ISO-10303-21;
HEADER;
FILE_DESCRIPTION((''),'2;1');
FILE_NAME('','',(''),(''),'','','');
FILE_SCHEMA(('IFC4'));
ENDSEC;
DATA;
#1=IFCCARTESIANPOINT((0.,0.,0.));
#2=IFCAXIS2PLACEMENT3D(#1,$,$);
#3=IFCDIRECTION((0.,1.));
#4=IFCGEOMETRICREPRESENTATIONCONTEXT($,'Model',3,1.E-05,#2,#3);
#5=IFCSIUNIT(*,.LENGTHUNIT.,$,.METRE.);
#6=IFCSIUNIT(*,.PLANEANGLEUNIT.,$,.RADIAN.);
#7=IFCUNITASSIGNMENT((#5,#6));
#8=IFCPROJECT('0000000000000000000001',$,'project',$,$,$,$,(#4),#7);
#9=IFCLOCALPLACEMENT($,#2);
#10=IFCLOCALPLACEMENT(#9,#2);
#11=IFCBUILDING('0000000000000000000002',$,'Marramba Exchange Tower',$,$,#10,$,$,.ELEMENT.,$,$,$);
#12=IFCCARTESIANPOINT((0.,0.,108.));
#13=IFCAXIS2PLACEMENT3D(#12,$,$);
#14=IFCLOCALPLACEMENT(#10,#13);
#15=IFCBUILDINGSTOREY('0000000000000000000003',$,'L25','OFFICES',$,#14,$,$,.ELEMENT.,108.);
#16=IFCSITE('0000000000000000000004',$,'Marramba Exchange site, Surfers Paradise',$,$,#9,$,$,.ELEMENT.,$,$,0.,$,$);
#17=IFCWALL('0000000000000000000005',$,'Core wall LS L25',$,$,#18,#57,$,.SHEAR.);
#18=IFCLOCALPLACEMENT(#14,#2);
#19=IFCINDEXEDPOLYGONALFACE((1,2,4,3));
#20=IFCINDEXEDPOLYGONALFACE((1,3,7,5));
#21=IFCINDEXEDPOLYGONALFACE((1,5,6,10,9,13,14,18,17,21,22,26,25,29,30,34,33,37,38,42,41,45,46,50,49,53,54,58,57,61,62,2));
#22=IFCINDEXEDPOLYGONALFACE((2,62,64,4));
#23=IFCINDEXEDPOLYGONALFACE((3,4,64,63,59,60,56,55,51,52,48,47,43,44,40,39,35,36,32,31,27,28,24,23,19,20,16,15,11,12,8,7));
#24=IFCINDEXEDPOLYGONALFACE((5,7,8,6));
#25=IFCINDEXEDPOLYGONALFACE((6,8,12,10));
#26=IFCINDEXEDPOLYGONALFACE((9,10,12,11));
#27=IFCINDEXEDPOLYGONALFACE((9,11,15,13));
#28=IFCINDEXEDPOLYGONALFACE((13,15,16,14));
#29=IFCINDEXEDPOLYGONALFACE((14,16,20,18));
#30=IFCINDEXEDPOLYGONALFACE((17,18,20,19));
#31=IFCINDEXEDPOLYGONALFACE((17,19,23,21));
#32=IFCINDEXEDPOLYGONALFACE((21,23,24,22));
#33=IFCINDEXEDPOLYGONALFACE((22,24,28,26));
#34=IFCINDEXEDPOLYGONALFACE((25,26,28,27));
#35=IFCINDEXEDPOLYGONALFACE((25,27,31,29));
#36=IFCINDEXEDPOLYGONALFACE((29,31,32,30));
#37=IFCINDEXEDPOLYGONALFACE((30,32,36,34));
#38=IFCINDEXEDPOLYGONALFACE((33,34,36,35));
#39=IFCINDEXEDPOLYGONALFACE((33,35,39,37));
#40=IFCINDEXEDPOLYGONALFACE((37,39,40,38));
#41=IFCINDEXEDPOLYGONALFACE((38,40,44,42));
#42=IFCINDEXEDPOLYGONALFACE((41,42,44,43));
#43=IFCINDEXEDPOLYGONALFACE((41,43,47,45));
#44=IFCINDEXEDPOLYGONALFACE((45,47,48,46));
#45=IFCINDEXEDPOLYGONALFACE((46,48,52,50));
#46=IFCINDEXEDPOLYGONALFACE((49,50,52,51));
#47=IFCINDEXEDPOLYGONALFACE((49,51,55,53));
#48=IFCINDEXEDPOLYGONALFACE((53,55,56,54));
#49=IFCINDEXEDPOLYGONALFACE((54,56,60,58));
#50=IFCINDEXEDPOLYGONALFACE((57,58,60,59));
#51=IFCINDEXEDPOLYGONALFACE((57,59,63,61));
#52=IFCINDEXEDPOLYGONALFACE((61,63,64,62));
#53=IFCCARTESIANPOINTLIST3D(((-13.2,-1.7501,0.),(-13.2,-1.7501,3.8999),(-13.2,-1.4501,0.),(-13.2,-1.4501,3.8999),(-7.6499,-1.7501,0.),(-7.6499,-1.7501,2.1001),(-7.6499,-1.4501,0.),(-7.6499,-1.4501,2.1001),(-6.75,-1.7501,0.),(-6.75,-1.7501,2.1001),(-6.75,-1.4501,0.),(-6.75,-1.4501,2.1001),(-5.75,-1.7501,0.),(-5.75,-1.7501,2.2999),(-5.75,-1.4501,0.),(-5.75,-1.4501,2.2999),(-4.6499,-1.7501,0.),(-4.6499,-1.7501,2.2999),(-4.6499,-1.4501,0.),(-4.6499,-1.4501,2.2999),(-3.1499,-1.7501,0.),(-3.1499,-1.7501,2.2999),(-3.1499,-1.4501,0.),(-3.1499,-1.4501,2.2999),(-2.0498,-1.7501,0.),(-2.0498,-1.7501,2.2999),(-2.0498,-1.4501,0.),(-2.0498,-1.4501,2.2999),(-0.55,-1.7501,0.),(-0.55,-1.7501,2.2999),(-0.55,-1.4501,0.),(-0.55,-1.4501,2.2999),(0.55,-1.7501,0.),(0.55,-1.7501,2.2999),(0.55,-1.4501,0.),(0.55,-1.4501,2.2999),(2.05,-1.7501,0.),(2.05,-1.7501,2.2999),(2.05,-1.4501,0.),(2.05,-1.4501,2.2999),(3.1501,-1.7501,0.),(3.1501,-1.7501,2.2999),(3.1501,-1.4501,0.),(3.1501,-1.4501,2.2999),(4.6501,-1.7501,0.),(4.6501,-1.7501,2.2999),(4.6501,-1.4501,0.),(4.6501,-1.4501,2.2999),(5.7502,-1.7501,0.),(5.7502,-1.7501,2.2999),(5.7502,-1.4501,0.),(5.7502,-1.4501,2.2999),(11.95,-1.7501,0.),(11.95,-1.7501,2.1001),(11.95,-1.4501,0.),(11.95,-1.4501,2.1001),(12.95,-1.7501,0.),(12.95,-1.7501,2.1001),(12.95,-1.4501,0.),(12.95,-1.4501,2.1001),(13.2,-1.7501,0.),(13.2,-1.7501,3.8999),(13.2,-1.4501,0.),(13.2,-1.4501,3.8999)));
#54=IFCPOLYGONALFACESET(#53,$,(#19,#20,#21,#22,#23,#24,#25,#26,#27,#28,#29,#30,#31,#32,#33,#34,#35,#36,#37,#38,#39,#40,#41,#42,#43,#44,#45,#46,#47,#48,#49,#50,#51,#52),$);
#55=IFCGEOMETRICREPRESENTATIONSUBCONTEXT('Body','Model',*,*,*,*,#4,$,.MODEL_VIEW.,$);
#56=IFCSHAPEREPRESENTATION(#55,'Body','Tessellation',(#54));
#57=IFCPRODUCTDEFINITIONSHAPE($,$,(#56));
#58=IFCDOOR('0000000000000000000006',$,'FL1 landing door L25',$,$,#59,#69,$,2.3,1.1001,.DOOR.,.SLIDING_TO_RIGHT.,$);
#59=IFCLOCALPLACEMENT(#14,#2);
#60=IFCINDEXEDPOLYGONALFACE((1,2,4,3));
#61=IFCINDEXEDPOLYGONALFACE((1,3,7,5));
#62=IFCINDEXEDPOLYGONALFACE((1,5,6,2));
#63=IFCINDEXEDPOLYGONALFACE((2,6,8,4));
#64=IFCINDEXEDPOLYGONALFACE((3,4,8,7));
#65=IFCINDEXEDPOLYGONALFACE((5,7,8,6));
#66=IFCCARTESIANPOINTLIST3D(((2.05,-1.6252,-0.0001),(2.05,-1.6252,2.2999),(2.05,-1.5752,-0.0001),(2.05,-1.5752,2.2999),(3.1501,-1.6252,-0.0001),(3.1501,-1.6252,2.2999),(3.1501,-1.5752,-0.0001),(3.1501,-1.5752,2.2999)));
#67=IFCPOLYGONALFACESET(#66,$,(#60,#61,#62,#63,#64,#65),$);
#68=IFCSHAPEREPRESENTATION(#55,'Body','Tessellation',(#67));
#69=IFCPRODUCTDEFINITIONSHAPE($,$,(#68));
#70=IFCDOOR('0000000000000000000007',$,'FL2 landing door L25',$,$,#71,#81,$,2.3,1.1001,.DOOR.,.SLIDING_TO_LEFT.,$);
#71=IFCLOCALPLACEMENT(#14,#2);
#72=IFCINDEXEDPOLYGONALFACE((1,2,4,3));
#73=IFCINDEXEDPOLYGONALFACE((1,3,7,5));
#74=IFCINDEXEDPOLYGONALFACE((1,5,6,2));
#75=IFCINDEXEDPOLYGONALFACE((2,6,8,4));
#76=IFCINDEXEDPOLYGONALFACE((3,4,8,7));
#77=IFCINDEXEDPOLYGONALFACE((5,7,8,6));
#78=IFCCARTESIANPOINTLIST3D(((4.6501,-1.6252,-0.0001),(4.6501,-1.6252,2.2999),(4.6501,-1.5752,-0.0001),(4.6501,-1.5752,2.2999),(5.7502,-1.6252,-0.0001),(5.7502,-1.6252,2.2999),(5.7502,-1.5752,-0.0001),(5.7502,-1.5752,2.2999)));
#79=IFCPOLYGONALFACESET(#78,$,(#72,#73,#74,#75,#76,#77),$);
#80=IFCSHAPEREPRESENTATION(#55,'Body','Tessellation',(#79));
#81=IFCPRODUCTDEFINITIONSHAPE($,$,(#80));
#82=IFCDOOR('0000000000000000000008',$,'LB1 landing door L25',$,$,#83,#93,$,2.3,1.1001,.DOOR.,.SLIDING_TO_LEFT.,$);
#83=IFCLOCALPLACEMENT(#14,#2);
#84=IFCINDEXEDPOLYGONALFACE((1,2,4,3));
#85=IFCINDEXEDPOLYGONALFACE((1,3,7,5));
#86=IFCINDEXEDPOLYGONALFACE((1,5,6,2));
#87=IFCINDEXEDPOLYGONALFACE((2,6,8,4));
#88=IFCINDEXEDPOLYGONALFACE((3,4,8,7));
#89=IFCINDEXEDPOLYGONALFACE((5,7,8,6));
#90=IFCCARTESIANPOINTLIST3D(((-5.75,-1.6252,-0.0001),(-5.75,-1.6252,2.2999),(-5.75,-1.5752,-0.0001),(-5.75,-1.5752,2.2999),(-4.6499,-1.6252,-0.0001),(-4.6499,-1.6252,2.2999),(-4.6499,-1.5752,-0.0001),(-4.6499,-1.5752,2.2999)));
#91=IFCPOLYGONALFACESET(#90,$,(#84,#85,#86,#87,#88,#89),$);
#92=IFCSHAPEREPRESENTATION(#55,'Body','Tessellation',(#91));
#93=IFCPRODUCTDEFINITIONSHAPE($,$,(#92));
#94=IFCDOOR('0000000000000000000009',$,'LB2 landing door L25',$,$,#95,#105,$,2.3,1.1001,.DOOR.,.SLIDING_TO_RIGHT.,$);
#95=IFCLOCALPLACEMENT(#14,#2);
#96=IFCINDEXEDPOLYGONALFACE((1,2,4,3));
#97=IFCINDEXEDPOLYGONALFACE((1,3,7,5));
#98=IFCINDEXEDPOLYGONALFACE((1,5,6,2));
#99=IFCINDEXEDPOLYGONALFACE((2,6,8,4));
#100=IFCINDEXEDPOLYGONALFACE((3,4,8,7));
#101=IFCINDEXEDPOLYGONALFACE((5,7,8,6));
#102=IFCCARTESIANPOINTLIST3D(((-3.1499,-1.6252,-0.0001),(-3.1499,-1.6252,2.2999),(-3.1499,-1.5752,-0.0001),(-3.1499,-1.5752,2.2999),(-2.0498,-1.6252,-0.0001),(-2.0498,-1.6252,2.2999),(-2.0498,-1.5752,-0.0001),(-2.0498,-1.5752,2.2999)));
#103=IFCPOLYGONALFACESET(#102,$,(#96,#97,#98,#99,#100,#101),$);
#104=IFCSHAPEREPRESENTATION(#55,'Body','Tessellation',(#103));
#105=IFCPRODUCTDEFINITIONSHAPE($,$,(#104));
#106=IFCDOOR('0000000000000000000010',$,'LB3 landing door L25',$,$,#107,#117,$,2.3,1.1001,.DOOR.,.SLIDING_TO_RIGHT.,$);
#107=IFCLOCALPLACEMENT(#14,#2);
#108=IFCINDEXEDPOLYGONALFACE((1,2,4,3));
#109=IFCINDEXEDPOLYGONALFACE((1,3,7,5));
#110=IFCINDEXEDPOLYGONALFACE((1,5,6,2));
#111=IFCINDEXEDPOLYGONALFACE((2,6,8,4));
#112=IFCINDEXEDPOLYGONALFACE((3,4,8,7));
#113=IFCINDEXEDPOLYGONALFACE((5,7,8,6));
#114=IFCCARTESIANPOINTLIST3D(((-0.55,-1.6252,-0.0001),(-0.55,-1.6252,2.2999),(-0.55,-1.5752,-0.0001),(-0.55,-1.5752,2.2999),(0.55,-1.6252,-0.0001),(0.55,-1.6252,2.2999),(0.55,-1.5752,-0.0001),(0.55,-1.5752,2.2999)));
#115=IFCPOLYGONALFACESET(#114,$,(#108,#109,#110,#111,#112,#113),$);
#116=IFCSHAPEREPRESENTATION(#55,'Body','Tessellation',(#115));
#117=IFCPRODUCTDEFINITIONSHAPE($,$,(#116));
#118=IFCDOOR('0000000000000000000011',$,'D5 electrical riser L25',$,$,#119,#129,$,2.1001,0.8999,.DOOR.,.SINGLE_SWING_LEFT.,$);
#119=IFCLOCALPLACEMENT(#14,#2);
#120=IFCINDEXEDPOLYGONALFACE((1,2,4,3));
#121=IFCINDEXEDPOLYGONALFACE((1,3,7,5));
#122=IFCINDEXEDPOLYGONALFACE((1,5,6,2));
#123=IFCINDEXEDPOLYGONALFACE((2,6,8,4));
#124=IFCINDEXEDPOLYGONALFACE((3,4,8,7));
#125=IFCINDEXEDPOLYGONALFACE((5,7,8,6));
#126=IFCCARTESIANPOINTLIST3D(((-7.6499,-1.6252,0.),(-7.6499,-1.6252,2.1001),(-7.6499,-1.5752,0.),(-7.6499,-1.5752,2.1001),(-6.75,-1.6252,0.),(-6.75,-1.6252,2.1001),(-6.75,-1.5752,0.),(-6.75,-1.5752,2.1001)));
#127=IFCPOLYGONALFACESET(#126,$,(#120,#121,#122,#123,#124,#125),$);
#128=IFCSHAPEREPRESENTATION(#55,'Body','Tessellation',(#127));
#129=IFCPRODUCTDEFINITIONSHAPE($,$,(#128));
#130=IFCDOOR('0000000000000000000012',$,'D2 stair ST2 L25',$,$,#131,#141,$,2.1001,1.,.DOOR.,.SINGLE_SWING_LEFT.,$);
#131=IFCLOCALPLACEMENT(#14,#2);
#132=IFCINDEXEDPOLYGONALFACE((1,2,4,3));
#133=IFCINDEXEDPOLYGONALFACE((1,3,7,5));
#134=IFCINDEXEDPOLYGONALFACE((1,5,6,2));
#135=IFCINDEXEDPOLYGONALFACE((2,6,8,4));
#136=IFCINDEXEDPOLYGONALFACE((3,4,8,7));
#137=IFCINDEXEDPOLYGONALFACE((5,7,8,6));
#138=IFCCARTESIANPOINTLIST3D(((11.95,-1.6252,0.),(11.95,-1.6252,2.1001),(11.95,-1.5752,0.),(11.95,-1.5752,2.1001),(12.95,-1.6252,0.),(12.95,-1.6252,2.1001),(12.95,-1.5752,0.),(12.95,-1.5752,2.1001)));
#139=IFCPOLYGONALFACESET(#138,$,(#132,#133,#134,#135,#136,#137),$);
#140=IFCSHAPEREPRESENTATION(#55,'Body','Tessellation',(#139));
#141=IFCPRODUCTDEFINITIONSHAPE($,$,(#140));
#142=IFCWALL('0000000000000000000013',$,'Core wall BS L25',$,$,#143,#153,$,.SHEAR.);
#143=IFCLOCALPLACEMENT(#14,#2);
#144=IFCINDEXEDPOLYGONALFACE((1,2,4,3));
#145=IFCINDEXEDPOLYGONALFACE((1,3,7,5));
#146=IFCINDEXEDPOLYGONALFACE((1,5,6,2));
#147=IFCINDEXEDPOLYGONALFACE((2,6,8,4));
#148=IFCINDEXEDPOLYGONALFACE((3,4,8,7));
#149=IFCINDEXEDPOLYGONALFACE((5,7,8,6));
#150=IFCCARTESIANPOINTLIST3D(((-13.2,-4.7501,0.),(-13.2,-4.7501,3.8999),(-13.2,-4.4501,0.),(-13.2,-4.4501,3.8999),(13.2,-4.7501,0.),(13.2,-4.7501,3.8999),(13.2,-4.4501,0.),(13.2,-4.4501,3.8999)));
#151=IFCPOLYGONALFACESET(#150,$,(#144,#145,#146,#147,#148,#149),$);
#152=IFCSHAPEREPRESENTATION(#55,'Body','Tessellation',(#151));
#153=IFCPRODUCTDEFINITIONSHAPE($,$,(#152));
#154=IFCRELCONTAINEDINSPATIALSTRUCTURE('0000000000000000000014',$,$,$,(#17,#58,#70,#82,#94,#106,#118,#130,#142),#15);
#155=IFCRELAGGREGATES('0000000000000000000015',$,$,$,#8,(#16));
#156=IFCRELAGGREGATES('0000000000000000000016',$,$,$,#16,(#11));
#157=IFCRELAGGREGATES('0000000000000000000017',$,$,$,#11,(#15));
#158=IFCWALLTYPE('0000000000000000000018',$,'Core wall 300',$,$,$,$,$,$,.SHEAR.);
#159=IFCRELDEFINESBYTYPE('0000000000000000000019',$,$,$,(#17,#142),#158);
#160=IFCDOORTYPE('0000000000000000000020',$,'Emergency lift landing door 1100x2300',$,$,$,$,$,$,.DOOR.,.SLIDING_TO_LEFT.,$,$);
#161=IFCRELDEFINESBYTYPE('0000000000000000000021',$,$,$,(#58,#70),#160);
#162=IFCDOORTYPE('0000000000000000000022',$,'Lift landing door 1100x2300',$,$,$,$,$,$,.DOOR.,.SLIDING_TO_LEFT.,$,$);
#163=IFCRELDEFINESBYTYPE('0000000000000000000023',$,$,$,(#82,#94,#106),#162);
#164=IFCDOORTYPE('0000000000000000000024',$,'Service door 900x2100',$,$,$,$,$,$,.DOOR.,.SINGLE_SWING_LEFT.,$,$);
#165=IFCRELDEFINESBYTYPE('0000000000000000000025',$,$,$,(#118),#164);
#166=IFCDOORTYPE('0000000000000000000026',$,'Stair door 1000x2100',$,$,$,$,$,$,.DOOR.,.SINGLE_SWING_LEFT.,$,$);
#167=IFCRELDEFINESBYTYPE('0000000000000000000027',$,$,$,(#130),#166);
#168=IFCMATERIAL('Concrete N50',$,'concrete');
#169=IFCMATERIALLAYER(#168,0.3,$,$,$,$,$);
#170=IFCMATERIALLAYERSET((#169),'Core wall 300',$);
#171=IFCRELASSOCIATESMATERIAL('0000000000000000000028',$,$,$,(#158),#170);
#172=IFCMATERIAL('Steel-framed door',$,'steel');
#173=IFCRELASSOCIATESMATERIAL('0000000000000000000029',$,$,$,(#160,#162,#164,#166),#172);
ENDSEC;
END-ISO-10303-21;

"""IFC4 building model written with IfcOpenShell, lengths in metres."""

from ifc_helpers import new_model, si_unit, direction, frame, frame_2d, origin, place, context, subcontext, project, spatial, rectangle, extrude, material, layer, layer_set, type_object, element, fill, save


model = new_model("IFC4")

# Units and contexts
model_context = context("Model", 3, precision=1e-05, world=origin(), true_north=direction((0.0, 1.0)))
body_context = subcontext(model_context, "Body", "Model", "MODEL_VIEW")
ifc_project = project(units=[si_unit("LENGTHUNIT", "METRE"), si_unit("PLANEANGLEUNIT", "RADIAN")], contexts=[model_context])

# Site, building, storey
site_placement = place(None, origin())
site = spatial("IfcSite", under=ifc_project, at=site_placement, Name="Marramba Exchange site, Surfers Paradise", CompositionType="ELEMENT", RefElevation=0.0)
building_placement = place(site_placement, origin())
building = spatial("IfcBuilding", under=site, at=building_placement, Name="Marramba Exchange Tower", CompositionType="ELEMENT")
storey_placement = place(building_placement, frame((0.0, 0.0, 108.0)))
storey = spatial("IfcBuildingStorey", under=building, at=storey_placement, Name="L25", Description="OFFICES", CompositionType="ELEMENT", Elevation=108.0)

# Shared definitions
ifc_material_1 = material(Name="Concrete N50", Category="concrete")

# Wall, openings, doors
ifc_layer_1 = layer(ifc_material_1, 0.3)
ifc_layer_set_1 = layer_set([ifc_layer_1], Name="Core wall 300")
wall_type_1 = type_object("IfcWallType", Name="Core wall 300", PredefinedType="SHEAR", material=ifc_layer_set_1)
wall_1_placement = place(storey_placement, frame((-13.2, -1.6001, 0.0), z_axis=(0.0, 0.0, 1.0), x_axis=(1.0, 0.0, 0.0)))
wall_1 = element("IfcWall", 1, at=wall_1_placement, inside=storey, type_object=wall_type_1, Name="Core wall LS L25", PredefinedType="SHEAR", context=body_context, shape_type="SweptSolid", body=[
    extrude(rectangle(XDim=26.3999, YDim=0.3, at=frame_2d((13.2, 0.0))), origin(), (0.0, 0.0, 1.0), 3.8999),
])
opening_1_placement = place(wall_1_placement, frame((25.1499, 0.0, 0.0)))
opening_1 = element("IfcOpeningElement", 2, at=opening_1_placement, cuts=wall_1, PredefinedType="OPENING", context=body_context, shape_type="SweptSolid", body=[
    extrude(rectangle(XDim=1.0, YDim=2.1001, at=frame_2d((0.5, 1.05))), frame((0.0, 0.1599, 0.0), z_axis=(0.0, -1.0, 0.0), x_axis=(1.0, 0.0, 0.0)), (0.0, 0.0, 1.0), 0.3201),
])
opening_2_placement = place(wall_1_placement, frame((7.45, 0.0, 0.0)))
opening_2 = element("IfcOpeningElement", 3, at=opening_2_placement, cuts=wall_1, PredefinedType="OPENING", context=body_context, shape_type="SweptSolid", body=[
    extrude(rectangle(XDim=1.1001, YDim=2.3, at=frame_2d((0.55, 1.1499))), frame((0.0, 0.1599, 0.0), z_axis=(0.0, -1.0, 0.0), x_axis=(1.0, 0.0, 0.0)), (0.0, 0.0, 1.0), 0.3201),
])
opening_3_placement = place(wall_1_placement, frame((10.05, 0.0, 0.0)))
opening_3 = element("IfcOpeningElement", 4, at=opening_3_placement, cuts=wall_1, PredefinedType="OPENING", context=body_context, shape_type="SweptSolid", body=[
    extrude(rectangle(XDim=1.1001, YDim=2.3, at=frame_2d((0.55, 1.1499))), frame((0.0, 0.1599, 0.0), z_axis=(0.0, -1.0, 0.0), x_axis=(1.0, 0.0, 0.0)), (0.0, 0.0, 1.0), 0.3201),
])
opening_4_placement = place(wall_1_placement, frame((12.6499, 0.0, 0.0)))
opening_4 = element("IfcOpeningElement", 5, at=opening_4_placement, cuts=wall_1, PredefinedType="OPENING", context=body_context, shape_type="SweptSolid", body=[
    extrude(rectangle(XDim=1.1001, YDim=2.3, at=frame_2d((0.55, 1.1499))), frame((0.0, 0.1599, 0.0), z_axis=(0.0, -1.0, 0.0), x_axis=(1.0, 0.0, 0.0)), (0.0, 0.0, 1.0), 0.3201),
])
opening_5_placement = place(wall_1_placement, frame((15.25, 0.0, 0.0)))
opening_5 = element("IfcOpeningElement", 6, at=opening_5_placement, cuts=wall_1, PredefinedType="OPENING", context=body_context, shape_type="SweptSolid", body=[
    extrude(rectangle(XDim=1.1001, YDim=2.3, at=frame_2d((0.55, 1.1499))), frame((0.0, 0.1599, 0.0), z_axis=(0.0, -1.0, 0.0), x_axis=(1.0, 0.0, 0.0)), (0.0, 0.0, 1.0), 0.3201),
])
opening_6_placement = place(wall_1_placement, frame((17.8501, 0.0, 0.0)))
opening_6 = element("IfcOpeningElement", 7, at=opening_6_placement, cuts=wall_1, PredefinedType="OPENING", context=body_context, shape_type="SweptSolid", body=[
    extrude(rectangle(XDim=1.1001, YDim=2.3, at=frame_2d((0.55, 1.1499))), frame((0.0, 0.1599, 0.0), z_axis=(0.0, -1.0, 0.0), x_axis=(1.0, 0.0, 0.0)), (0.0, 0.0, 1.0), 0.3201),
])
opening_7_placement = place(wall_1_placement, frame((5.55, 0.0, 0.0)))
opening_7 = element("IfcOpeningElement", 8, at=opening_7_placement, cuts=wall_1, PredefinedType="OPENING", context=body_context, shape_type="SweptSolid", body=[
    extrude(rectangle(XDim=0.8999, YDim=2.1001, at=frame_2d((0.45, 1.05))), frame((0.0, 0.1599, 0.0), z_axis=(0.0, -1.0, 0.0), x_axis=(1.0, 0.0, 0.0)), (0.0, 0.0, 1.0), 0.3201),
])
ifc_material_2 = material(Name="Steel-framed door", Category="steel")
door_type_1 = type_object("IfcDoorType", Name="Emergency lift landing door 1100x2300", OperationType="SLIDING_TO_LEFT", PredefinedType="DOOR", material=ifc_material_2)
door_1_placement = place(opening_5_placement, frame((1.1001, 0.0, 0.0), z_axis=(0.0, 0.0, 1.0), x_axis=(-1.0, 0.0, 0.0)))
door_1 = element("IfcDoor", 9, at=door_1_placement, inside=storey, type_object=door_type_1, Name="FL1 landing door L25", OperationType="SLIDING_TO_RIGHT", OverallHeight=2.3, OverallWidth=1.1001, PredefinedType="DOOR", context=body_context, shape_type="SweptSolid", body=[
    extrude(rectangle(XDim=1.1001, YDim=2.3, at=frame_2d((0.55, 1.1499))), frame((0.0, 0.0251, 0.0), z_axis=(0.0, -1.0, 0.0), x_axis=(1.0, 0.0, 0.0)), (0.0, 0.0, 1.0), 0.05),
])
fill(opening_5, door_1)
door_2_placement = place(opening_6_placement, frame((1.1001, 0.0, 0.0), z_axis=(0.0, 0.0, 1.0), x_axis=(-1.0, 0.0, 0.0)))
door_2 = element("IfcDoor", 10, at=door_2_placement, inside=storey, type_object=door_type_1, Name="FL2 landing door L25", OperationType="SLIDING_TO_LEFT", OverallHeight=2.3, OverallWidth=1.1001, PredefinedType="DOOR", context=body_context, shape_type="SweptSolid", body=[
    extrude(rectangle(XDim=1.1001, YDim=2.3, at=frame_2d((0.55, 1.1499))), frame((0.0, 0.0251, 0.0), z_axis=(0.0, -1.0, 0.0), x_axis=(1.0, 0.0, 0.0)), (0.0, 0.0, 1.0), 0.05),
])
fill(opening_6, door_2)
door_type_2 = type_object("IfcDoorType", Name="Lift landing door 1100x2300", OperationType="SLIDING_TO_LEFT", PredefinedType="DOOR", material=ifc_material_2)
door_3_placement = place(opening_2_placement, frame((1.1001, 0.0, 0.0), z_axis=(0.0, 0.0, 1.0), x_axis=(-1.0, 0.0, 0.0)))
door_3 = element("IfcDoor", 11, at=door_3_placement, inside=storey, type_object=door_type_2, Name="LB1 landing door L25", OperationType="SLIDING_TO_LEFT", OverallHeight=2.3, OverallWidth=1.1001, PredefinedType="DOOR", context=body_context, shape_type="SweptSolid", body=[
    extrude(rectangle(XDim=1.1001, YDim=2.3, at=frame_2d((0.55, 1.1499))), frame((0.0, 0.0251, 0.0), z_axis=(0.0, -1.0, 0.0), x_axis=(1.0, 0.0, 0.0)), (0.0, 0.0, 1.0), 0.05),
])
fill(opening_2, door_3)
door_4_placement = place(opening_3_placement, frame((1.1001, 0.0, 0.0), z_axis=(0.0, 0.0, 1.0), x_axis=(-1.0, 0.0, 0.0)))
door_4 = element("IfcDoor", 12, at=door_4_placement, inside=storey, type_object=door_type_2, Name="LB2 landing door L25", OperationType="SLIDING_TO_RIGHT", OverallHeight=2.3, OverallWidth=1.1001, PredefinedType="DOOR", context=body_context, shape_type="SweptSolid", body=[
    extrude(rectangle(XDim=1.1001, YDim=2.3, at=frame_2d((0.55, 1.1499))), frame((0.0, 0.0251, 0.0), z_axis=(0.0, -1.0, 0.0), x_axis=(1.0, 0.0, 0.0)), (0.0, 0.0, 1.0), 0.05),
])
fill(opening_3, door_4)
door_5_placement = place(opening_4_placement, frame((1.1001, 0.0, 0.0), z_axis=(0.0, 0.0, 1.0), x_axis=(-1.0, 0.0, 0.0)))
door_5 = element("IfcDoor", 13, at=door_5_placement, inside=storey, type_object=door_type_2, Name="LB3 landing door L25", OperationType="SLIDING_TO_RIGHT", OverallHeight=2.3, OverallWidth=1.1001, PredefinedType="DOOR", context=body_context, shape_type="SweptSolid", body=[
    extrude(rectangle(XDim=1.1001, YDim=2.3, at=frame_2d((0.55, 1.1499))), frame((0.0, 0.0251, 0.0), z_axis=(0.0, -1.0, 0.0), x_axis=(1.0, 0.0, 0.0)), (0.0, 0.0, 1.0), 0.05),
])
fill(opening_4, door_5)
door_type_3 = type_object("IfcDoorType", Name="Service door 900x2100", OperationType="SINGLE_SWING_LEFT", PredefinedType="DOOR", material=ifc_material_2)
door_6_placement = place(opening_7_placement, frame((0.8999, 0.0, 0.0), z_axis=(0.0, 0.0, 1.0), x_axis=(-1.0, 0.0, 0.0)))
door_6 = element("IfcDoor", 14, at=door_6_placement, inside=storey, type_object=door_type_3, Name="D5 electrical riser L25", OperationType="SINGLE_SWING_LEFT", OverallHeight=2.1001, OverallWidth=0.8999, PredefinedType="DOOR", context=body_context, shape_type="SweptSolid", body=[
    extrude(rectangle(XDim=0.8999, YDim=2.1001, at=frame_2d((0.45, 1.05))), frame((0.0, 0.0251, 0.0), z_axis=(0.0, -1.0, 0.0), x_axis=(1.0, 0.0, 0.0)), (0.0, 0.0, 1.0), 0.05),
])
fill(opening_7, door_6)
door_type_4 = type_object("IfcDoorType", Name="Stair door 1000x2100", OperationType="SINGLE_SWING_LEFT", PredefinedType="DOOR", material=ifc_material_2)
door_7_placement = place(opening_1_placement, frame((1.0, 0.0, 0.0), z_axis=(0.0, 0.0, 1.0), x_axis=(-1.0, 0.0, 0.0)))
door_7 = element("IfcDoor", 15, at=door_7_placement, inside=storey, type_object=door_type_4, Name="D2 stair ST2 L25", OperationType="SINGLE_SWING_LEFT", OverallHeight=2.1001, OverallWidth=1.0, PredefinedType="DOOR", context=body_context, shape_type="SweptSolid", body=[
    extrude(rectangle(XDim=1.0, YDim=2.1001, at=frame_2d((0.5, 1.05))), frame((0.0, 0.0251, 0.0), z_axis=(0.0, -1.0, 0.0), x_axis=(1.0, 0.0, 0.0)), (0.0, 0.0, 1.0), 0.05),
])
fill(opening_1, door_7)

# Wall
wall_2_placement = place(storey_placement, frame((-13.2, -4.6001, 0.0), z_axis=(0.0, 0.0, 1.0), x_axis=(1.0, 0.0, 0.0)))
element("IfcWall", 16, at=wall_2_placement, inside=storey, type_object=wall_type_1, Name="Core wall BS L25", PredefinedType="SHEAR", context=body_context, shape_type="SweptSolid", body=[
    extrude(rectangle(XDim=26.3999, YDim=0.3, at=frame_2d((13.2, 0.0))), origin(), (0.0, 0.0, 1.0), 3.8999),
])

save(model, "model.ifc")
